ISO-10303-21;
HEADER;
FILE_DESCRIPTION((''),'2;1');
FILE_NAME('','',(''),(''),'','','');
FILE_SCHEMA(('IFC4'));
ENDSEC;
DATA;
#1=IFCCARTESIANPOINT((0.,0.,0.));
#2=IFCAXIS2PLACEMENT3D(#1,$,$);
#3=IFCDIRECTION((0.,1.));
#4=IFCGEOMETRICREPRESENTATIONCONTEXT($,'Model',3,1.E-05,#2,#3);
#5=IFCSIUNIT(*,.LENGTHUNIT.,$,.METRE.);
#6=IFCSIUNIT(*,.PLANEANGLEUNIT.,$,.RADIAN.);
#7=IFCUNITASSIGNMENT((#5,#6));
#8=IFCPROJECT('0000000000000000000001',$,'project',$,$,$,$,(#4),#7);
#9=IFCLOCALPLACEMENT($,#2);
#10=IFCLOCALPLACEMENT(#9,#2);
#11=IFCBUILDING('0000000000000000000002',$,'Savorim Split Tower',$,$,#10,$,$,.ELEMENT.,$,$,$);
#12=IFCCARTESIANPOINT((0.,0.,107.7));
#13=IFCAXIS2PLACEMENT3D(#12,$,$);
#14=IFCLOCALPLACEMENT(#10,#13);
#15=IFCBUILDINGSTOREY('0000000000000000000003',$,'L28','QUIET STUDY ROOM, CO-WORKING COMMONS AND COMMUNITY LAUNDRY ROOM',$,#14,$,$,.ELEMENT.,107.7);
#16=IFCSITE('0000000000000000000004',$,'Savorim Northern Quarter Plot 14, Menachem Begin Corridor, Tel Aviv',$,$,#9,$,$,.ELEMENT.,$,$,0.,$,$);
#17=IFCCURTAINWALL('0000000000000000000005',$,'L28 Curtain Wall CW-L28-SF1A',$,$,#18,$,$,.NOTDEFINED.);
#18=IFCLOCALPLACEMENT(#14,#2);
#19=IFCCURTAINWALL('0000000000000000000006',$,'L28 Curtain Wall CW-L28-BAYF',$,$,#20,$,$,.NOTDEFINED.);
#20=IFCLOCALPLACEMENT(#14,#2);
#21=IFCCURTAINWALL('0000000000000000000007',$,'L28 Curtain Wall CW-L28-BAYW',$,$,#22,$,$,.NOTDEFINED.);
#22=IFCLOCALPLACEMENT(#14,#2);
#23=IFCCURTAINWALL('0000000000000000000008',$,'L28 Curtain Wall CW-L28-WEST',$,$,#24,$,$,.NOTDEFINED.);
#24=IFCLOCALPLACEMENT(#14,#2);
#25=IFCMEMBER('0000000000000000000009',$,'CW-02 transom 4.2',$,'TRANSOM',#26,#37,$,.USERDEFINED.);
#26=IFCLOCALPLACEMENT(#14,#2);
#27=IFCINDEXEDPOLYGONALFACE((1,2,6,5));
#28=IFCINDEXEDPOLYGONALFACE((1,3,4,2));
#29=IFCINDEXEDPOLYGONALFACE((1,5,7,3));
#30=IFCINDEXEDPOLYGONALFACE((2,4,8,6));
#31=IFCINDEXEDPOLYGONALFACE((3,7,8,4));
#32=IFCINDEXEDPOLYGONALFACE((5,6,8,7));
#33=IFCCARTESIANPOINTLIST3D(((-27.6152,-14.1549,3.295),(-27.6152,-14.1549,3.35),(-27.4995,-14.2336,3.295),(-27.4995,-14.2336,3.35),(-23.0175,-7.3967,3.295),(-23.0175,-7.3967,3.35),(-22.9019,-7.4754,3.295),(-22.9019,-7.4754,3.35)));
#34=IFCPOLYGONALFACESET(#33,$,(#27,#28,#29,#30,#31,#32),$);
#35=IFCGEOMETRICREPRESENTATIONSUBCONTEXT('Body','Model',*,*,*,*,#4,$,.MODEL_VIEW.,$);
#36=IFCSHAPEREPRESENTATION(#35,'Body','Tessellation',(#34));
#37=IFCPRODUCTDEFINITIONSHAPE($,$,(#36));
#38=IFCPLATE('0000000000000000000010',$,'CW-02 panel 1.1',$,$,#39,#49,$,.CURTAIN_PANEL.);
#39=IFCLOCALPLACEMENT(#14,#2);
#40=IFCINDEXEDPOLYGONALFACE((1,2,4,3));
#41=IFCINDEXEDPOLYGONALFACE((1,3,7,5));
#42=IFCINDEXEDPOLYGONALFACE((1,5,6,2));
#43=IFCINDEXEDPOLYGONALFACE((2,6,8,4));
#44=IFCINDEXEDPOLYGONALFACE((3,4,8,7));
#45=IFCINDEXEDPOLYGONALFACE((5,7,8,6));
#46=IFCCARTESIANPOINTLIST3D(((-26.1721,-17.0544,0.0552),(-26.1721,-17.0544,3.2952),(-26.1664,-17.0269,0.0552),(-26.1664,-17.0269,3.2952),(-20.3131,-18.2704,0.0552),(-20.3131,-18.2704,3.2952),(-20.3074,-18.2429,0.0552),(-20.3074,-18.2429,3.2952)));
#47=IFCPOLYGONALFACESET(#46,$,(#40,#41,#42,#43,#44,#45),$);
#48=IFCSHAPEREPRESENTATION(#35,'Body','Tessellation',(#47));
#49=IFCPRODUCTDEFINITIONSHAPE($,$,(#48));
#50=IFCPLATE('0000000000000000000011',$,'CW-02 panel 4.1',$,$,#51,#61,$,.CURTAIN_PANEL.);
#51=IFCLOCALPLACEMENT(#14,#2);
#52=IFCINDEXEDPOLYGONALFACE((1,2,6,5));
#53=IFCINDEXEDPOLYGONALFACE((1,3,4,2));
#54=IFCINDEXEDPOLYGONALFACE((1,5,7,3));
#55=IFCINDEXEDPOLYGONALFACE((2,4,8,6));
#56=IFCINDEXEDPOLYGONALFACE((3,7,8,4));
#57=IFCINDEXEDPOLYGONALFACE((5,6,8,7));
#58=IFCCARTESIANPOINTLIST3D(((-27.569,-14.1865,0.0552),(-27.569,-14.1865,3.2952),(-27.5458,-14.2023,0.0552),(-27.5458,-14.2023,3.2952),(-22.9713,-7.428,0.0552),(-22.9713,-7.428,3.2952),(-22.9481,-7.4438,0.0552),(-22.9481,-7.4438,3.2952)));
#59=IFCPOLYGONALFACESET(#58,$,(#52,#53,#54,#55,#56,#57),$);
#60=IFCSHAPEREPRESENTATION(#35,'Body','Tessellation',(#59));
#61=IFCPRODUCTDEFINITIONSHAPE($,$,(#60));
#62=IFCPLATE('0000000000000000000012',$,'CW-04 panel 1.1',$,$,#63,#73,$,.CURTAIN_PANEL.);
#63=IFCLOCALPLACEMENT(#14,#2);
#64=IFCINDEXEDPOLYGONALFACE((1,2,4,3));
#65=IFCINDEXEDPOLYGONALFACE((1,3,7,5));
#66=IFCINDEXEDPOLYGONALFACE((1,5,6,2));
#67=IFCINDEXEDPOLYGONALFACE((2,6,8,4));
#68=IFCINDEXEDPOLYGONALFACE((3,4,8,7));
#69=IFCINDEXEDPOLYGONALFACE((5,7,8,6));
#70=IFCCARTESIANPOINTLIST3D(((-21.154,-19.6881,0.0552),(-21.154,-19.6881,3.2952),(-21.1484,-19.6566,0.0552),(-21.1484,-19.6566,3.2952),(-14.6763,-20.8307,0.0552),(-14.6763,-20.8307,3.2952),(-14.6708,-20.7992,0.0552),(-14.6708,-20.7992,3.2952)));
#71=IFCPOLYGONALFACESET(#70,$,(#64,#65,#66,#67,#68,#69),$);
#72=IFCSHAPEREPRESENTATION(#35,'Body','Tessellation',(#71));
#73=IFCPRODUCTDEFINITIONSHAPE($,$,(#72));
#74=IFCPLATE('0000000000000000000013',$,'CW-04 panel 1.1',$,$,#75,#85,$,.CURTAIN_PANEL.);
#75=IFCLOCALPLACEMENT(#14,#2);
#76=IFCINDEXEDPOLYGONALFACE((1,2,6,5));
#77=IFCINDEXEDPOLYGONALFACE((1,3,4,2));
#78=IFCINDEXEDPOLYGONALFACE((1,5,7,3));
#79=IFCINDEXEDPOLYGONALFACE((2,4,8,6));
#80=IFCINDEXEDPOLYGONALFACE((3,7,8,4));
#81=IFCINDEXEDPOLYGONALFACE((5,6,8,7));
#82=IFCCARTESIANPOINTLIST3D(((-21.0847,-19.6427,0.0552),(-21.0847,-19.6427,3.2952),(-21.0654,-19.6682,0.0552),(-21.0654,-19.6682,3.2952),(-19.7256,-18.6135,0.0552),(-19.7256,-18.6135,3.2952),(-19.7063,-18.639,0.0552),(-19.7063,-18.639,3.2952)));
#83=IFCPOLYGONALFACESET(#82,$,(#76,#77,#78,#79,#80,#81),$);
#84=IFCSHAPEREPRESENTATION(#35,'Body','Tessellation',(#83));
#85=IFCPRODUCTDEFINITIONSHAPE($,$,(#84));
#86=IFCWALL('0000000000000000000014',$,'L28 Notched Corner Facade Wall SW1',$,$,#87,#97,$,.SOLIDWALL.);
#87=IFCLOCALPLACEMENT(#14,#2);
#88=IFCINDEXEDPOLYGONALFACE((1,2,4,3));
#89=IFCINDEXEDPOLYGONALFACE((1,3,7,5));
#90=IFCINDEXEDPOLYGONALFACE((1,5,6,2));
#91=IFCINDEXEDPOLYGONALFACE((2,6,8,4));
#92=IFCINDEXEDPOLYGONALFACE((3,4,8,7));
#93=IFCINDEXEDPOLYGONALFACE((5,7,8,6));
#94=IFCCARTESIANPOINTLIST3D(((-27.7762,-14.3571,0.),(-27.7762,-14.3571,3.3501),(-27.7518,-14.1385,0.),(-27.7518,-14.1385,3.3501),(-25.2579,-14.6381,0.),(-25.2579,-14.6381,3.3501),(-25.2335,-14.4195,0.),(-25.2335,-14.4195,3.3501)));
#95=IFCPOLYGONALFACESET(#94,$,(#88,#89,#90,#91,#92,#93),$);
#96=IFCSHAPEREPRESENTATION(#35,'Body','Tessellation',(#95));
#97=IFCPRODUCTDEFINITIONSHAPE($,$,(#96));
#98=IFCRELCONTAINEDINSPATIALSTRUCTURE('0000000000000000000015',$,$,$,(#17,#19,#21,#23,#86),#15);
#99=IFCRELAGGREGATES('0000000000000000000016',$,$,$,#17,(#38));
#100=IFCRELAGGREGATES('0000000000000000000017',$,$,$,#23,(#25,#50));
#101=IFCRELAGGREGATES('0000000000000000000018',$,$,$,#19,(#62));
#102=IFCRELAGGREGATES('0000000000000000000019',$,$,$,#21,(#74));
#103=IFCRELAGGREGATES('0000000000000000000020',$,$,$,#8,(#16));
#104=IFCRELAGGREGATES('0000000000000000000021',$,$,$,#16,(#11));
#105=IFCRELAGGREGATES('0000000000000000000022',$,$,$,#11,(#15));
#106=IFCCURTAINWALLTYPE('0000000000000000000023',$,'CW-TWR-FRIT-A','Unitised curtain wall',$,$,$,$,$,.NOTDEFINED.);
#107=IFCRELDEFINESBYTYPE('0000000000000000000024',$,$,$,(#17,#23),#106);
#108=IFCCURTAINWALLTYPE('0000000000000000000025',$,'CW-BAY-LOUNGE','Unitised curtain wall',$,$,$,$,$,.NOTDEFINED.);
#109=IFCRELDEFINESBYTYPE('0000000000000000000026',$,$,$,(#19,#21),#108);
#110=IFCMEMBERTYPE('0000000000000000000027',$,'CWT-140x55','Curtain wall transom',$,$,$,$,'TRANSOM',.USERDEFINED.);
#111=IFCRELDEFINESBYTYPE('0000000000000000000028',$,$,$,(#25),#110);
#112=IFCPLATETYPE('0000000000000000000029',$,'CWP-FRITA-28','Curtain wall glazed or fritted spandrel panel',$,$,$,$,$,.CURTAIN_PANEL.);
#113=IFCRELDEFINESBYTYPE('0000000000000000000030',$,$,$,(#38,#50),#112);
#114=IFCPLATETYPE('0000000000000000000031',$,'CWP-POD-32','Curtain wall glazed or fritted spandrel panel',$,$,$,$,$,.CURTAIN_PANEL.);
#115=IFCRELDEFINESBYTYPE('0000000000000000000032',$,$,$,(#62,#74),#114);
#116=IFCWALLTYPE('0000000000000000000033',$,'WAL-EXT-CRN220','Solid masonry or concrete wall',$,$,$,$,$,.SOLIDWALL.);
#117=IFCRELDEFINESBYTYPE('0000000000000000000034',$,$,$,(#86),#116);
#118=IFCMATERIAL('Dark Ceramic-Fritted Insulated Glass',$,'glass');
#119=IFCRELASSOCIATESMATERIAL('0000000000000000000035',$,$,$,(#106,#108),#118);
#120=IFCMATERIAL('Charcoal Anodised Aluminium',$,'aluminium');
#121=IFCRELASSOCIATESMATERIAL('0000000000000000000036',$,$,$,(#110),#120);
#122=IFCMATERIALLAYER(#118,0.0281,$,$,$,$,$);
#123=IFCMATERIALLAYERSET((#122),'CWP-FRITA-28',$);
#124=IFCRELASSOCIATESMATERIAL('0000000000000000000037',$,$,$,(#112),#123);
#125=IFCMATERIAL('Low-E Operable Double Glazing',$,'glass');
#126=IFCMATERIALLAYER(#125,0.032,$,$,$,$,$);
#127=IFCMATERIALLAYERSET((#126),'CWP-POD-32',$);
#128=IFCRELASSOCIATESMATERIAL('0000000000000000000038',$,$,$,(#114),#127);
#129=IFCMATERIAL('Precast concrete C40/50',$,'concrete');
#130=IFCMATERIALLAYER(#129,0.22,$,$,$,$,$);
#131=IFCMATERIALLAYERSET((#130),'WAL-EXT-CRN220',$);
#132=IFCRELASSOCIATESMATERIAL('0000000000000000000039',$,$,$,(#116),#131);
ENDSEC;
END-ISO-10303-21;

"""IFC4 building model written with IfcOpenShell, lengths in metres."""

from ifc_helpers import new_model, si_unit, direction, frame, frame_2d, origin, origin_2d, place, context, subcontext, project, spatial, rectangle, extrude, material, layer, layer_set, material_profile, profile_set, type_object, element, aggregate, save


model = new_model("IFC4")

# Units and contexts
model_context = context("Model", 3, precision=1e-05, world=origin(), true_north=direction((0.0, 1.0)))
body_context = subcontext(model_context, "Body", "Model", "MODEL_VIEW")
ifc_project = project(units=[si_unit("LENGTHUNIT", "METRE"), si_unit("PLANEANGLEUNIT", "RADIAN")], contexts=[model_context])

# Site, building, storey
site_placement = place(None, origin())
site = spatial("IfcSite", under=ifc_project, at=site_placement, Name="Savorim Northern Quarter Plot 14, Menachem Begin Corridor, Tel Aviv", CompositionType="ELEMENT", RefElevation=0.0)
building_placement = place(site_placement, origin())
building = spatial("IfcBuilding", under=site, at=building_placement, Name="Savorim Split Tower", CompositionType="ELEMENT")
storey_placement = place(building_placement, frame((0.0, 0.0, 107.7)))
storey = spatial("IfcBuildingStorey", under=building, at=storey_placement, Name="L28", Description="QUIET STUDY ROOM, CO-WORKING COMMONS AND COMMUNITY LAUNDRY ROOM", CompositionType="ELEMENT", Elevation=107.7)

# Curtain walls
ifc_material_1 = material(Name="Dark Ceramic-Fritted Insulated Glass", Category="glass")
curtain_wall_type_1 = type_object("IfcCurtainWallType", Name="CW-TWR-FRIT-A", Description="Unitised curtain wall", PredefinedType="NOTDEFINED", material=ifc_material_1)
curtain_wall_1_placement = place(storey_placement, origin())
curtain_wall_1 = element("IfcCurtainWall", 1, at=curtain_wall_1_placement, inside=storey, type_object=curtain_wall_type_1, Name="L28 Curtain Wall CW-L28-SF1A", PredefinedType="NOTDEFINED")
ifc_material_2 = material(Name="Charcoal Anodised Aluminium", Category="aluminium")
curtain_wall_type_2 = type_object("IfcCurtainWallType", Name="CW-BAY-LOUNGE", Description="Unitised curtain wall", PredefinedType="NOTDEFINED", material=ifc_material_1)
curtain_wall_2_placement = place(storey_placement, origin())
curtain_wall_2 = element("IfcCurtainWall", 2, at=curtain_wall_2_placement, inside=storey, type_object=curtain_wall_type_2, Name="L28 Curtain Wall CW-L28-BAYF", PredefinedType="NOTDEFINED")
curtain_wall_3_placement = place(storey_placement, origin())
curtain_wall_3 = element("IfcCurtainWall", 3, at=curtain_wall_3_placement, inside=storey, type_object=curtain_wall_type_2, Name="L28 Curtain Wall CW-L28-BAYW", PredefinedType="NOTDEFINED")
curtain_wall_4_placement = place(storey_placement, origin())
curtain_wall_4 = element("IfcCurtainWall", 4, at=curtain_wall_4_placement, inside=storey, type_object=curtain_wall_type_1, Name="L28 Curtain Wall CW-L28-WEST", PredefinedType="NOTDEFINED")

# Member
ifc_material_profile_1 = material_profile(ifc_material_2, rectangle(XDim=0.1399, YDim=0.0549, at=origin_2d()), Name="ALU-T 140x55")
ifc_profile_set_1 = profile_set([ifc_material_profile_1], Name="Charcoal Anodised Aluminium")
member_type_1 = type_object("IfcMemberType", Name="CWT-140x55", Description="Curtain wall transom", ElementType="TRANSOM", PredefinedType="USERDEFINED", material=ifc_profile_set_1)
member_1_placement = place(storey_placement, frame((-22.9597, -7.436, 3.3225), z_axis=(-0.562478, -0.826812, 0.0), x_axis=(0.826812, -0.562478, 0.0)))
member_1 = element("IfcMember", 5, at=member_1_placement, type_object=member_type_1, Name="CW-02 transom 4.2", ObjectType="TRANSOM", PredefinedType="USERDEFINED", context=body_context, shape_type="SweptSolid", body=[
    extrude(rectangle(XDim=0.1399, YDim=0.0549, at=origin_2d()), origin(), (0.0, 0.0, 1.0), 8.1738),
])

# Plates
ifc_layer_1 = layer(ifc_material_1, 0.0281)
ifc_layer_set_1 = layer_set([ifc_layer_1], Name="CWP-FRITA-28")
plate_type_1 = type_object("IfcPlateType", Name="CWP-FRITA-28", Description="Curtain wall glazed or fritted spandrel panel", PredefinedType="CURTAIN_PANEL", material=ifc_layer_set_1)
plate_1_placement = place(storey_placement, frame((-23.2397, -17.6487, 0.0552), z_axis=(0.0, 0.0, 1.0), x_axis=(0.979135, -0.20321, 0.0)))
plate_1 = element("IfcPlate", 6, at=plate_1_placement, type_object=plate_type_1, Name="CW-02 panel 1.1", PredefinedType="CURTAIN_PANEL", context=body_context, shape_type="SweptSolid", body=[
    extrude(rectangle(XDim=5.9839, YDim=0.0281, at=origin_2d()), origin(), (0.0, 0.0, 1.0), 3.24),
])
aggregate(curtain_wall_1, [plate_1])
plate_2_placement = place(storey_placement, frame((-25.2585, -10.8152, 0.0552), z_axis=(0.0, 0.0, 1.0), x_axis=(-0.562467, -0.82682, 0.0)))
plate_2 = element("IfcPlate", 7, at=plate_2_placement, type_object=plate_type_1, Name="CW-02 panel 4.1", PredefinedType="CURTAIN_PANEL", context=body_context, shape_type="SweptSolid", body=[
    extrude(rectangle(XDim=8.1741, YDim=0.0281, at=origin_2d()), origin(), (0.0, 0.0, 1.0), 3.24),
])
aggregate(curtain_wall_4, [member_1, plate_2])
ifc_material_3 = material(Name="Low-E Operable Double Glazing", Category="glass")
ifc_layer_2 = layer(ifc_material_3, 0.032)
ifc_layer_set_2 = layer_set([ifc_layer_2], Name="CWP-POD-32")
plate_type_2 = type_object("IfcPlateType", Name="CWP-POD-32", Description="Curtain wall glazed or fritted spandrel panel", PredefinedType="CURTAIN_PANEL", material=ifc_layer_set_2)
plate_3_placement = place(storey_placement, frame((-17.9124, -20.2437, 0.0552), z_axis=(0.0, 0.0, 1.0), x_axis=(0.984798, -0.173703, 0.0)))
plate_3 = element("IfcPlate", 8, at=plate_3_placement, type_object=plate_type_2, Name="CW-04 panel 1.1", PredefinedType="CURTAIN_PANEL", context=body_context, shape_type="SweptSolid", body=[
    extrude(rectangle(XDim=6.5776, YDim=0.032, at=origin_2d()), origin(), (0.0, 0.0, 1.0), 3.24),
])
aggregate(curtain_wall_2, [plate_3])
plate_4_placement = place(storey_placement, frame((-20.3955, -19.1409, 0.0552), z_axis=(0.0, 0.0, 1.0), x_axis=(-0.797192, -0.603725, 0.0)))
plate_4 = element("IfcPlate", 9, at=plate_4_placement, type_object=plate_type_2, Name="CW-04 panel 1.1", PredefinedType="CURTAIN_PANEL", context=body_context, shape_type="SweptSolid", body=[
    extrude(rectangle(XDim=1.7048, YDim=0.032, at=origin_2d()), origin(), (0.0, 0.0, 1.0), 3.24),
])
aggregate(curtain_wall_3, [plate_4])

# Wall
ifc_material_4 = material(Name="Precast concrete C40/50", Category="concrete")
ifc_layer_3 = layer(ifc_material_4, 0.22)
ifc_layer_set_3 = layer_set([ifc_layer_3], Name="WAL-EXT-CRN220")
wall_type = type_object("IfcWallType", Name="WAL-EXT-CRN220", Description="Solid masonry or concrete wall", PredefinedType="SOLIDWALL", material=ifc_layer_set_3)
wall_1_placement = place(storey_placement, frame((-25.2456, -14.5288, 0.0), z_axis=(0.0, 0.0, 1.0), x_axis=(-0.993832, 0.110897, 0.0)))
element("IfcWall", 10, at=wall_1_placement, inside=storey, type_object=wall_type, Name="L28 Notched Corner Facade Wall SW1", PredefinedType="SOLIDWALL", context=body_context, shape_type="SweptSolid", body=[
    extrude(rectangle(XDim=2.5339, YDim=0.22, at=frame_2d((1.2671, 0.0))), origin(), (0.0, 0.0, 1.0), 3.3501),
])

save(model, "model.ifc")
